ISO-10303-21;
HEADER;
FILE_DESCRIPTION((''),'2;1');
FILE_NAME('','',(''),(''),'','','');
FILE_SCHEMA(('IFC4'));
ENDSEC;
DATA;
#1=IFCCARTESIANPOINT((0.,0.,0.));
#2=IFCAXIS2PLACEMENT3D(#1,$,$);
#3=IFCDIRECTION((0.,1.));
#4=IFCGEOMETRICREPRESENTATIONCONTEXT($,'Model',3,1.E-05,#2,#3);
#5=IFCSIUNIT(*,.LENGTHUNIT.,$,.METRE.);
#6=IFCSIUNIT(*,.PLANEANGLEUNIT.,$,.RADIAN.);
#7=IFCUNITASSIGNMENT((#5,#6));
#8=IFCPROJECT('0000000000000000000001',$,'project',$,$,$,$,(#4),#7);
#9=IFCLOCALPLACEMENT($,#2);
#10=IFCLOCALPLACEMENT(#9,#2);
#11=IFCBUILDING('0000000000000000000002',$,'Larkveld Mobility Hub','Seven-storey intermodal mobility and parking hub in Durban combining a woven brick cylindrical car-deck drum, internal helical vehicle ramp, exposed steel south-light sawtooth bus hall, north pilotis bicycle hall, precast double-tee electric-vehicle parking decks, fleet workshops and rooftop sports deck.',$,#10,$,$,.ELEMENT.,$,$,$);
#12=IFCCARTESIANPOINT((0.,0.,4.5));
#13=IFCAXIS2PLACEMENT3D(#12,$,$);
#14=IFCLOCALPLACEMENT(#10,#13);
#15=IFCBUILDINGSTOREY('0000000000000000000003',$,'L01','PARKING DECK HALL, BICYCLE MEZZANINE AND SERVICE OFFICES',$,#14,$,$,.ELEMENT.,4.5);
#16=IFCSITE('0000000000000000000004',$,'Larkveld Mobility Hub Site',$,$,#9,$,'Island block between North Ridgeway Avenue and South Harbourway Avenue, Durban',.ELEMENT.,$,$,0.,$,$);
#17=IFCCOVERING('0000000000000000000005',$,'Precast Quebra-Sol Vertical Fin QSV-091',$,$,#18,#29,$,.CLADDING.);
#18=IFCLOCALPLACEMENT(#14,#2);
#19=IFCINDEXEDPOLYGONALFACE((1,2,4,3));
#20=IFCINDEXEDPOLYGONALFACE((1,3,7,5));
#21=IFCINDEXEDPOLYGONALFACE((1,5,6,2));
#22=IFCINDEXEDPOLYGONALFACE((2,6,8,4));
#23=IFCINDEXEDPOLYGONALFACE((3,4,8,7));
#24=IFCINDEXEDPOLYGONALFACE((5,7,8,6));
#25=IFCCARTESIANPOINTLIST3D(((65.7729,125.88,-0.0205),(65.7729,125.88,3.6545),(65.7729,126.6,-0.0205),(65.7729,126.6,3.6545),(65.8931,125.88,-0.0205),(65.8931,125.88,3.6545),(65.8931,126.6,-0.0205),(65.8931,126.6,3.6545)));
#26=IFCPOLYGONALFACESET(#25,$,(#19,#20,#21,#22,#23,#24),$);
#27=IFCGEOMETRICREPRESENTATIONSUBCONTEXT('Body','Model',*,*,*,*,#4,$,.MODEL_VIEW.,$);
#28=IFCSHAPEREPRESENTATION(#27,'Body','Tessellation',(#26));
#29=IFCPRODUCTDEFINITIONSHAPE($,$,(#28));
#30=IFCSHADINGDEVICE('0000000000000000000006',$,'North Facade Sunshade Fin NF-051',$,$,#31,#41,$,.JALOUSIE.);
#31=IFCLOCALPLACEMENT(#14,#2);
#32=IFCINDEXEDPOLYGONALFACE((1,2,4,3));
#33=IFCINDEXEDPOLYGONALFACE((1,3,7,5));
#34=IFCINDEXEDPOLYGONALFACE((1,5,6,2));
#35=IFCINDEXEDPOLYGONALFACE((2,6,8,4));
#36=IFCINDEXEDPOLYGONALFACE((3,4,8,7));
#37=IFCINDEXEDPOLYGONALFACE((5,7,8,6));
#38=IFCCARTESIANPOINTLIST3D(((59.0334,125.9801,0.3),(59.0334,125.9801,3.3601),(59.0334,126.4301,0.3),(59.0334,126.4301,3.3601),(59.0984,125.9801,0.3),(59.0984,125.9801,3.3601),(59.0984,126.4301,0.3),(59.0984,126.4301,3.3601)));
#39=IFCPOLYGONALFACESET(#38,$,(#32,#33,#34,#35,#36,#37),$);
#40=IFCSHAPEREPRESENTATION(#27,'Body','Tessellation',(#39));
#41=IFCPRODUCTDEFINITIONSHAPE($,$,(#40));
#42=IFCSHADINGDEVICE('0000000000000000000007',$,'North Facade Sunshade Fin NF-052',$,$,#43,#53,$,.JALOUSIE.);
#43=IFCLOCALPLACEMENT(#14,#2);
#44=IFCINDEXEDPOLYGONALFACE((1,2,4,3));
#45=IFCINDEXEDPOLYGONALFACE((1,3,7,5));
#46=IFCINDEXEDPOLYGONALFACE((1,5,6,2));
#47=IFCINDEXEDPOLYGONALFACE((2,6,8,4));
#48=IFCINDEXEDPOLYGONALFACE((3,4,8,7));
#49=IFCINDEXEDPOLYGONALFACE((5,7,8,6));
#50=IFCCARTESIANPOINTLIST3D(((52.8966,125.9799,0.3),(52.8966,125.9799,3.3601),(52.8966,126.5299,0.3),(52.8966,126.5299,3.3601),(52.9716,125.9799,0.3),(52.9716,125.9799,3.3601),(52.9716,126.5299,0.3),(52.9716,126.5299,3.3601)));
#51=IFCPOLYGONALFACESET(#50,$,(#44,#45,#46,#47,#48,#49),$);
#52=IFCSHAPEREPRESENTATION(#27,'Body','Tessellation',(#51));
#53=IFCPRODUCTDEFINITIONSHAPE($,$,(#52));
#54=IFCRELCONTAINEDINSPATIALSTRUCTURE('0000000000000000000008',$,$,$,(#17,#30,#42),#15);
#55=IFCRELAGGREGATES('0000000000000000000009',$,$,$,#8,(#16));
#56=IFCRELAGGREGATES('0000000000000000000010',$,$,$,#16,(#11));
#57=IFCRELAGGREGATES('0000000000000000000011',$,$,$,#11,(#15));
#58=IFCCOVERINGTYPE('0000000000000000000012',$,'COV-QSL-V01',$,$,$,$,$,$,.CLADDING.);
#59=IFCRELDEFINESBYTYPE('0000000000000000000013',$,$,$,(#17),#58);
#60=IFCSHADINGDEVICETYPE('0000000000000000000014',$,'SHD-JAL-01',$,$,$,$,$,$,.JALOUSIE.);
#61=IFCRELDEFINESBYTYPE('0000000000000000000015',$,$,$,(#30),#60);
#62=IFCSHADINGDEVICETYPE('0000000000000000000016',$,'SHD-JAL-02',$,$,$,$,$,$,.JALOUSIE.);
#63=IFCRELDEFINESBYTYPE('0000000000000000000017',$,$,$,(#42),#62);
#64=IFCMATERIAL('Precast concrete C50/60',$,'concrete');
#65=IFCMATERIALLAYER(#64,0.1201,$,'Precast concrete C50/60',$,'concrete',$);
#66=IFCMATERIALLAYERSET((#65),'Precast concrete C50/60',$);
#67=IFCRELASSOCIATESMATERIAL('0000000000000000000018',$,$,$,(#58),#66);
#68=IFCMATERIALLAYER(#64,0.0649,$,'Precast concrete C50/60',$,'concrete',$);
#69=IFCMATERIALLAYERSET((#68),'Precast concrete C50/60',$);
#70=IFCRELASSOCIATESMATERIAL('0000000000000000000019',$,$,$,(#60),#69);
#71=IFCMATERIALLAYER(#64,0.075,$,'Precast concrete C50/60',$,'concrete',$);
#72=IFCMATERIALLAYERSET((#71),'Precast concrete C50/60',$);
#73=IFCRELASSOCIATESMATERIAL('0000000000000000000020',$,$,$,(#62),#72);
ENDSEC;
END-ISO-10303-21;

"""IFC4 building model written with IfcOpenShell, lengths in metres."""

from ifc_helpers import new_model, si_unit, direction, frame, origin, origin_2d, place, context, subcontext, project, spatial, rectangle, extrude, material, layer, layer_set, type_object, element, save


model = new_model("IFC4")

# Units and contexts
model_context = context("Model", 3, precision=1e-05, world=origin(), true_north=direction((0.0, 1.0)))
body_context = subcontext(model_context, "Body", "Model", "MODEL_VIEW")
ifc_project = project(units=[si_unit("LENGTHUNIT", "METRE"), si_unit("PLANEANGLEUNIT", "RADIAN")], contexts=[model_context])

# Site, building, storey
site_placement = place(None, origin())
site = spatial("IfcSite", under=ifc_project, at=site_placement, Name="Larkveld Mobility Hub Site", LongName="Island block between North Ridgeway Avenue and South Harbourway Avenue, Durban", CompositionType="ELEMENT", RefElevation=0.0)
building_placement = place(site_placement, origin())
building = spatial("IfcBuilding", under=site, at=building_placement, Name="Larkveld Mobility Hub", Description="Seven-storey intermodal mobility and parking hub in Durban combining a woven brick cylindrical car-deck drum, internal helical vehicle ramp, exposed steel south-light sawtooth bus hall, north pilotis bicycle hall, precast double-tee electric-vehicle parking decks, fleet workshops and rooftop sports deck.", CompositionType="ELEMENT")
storey_placement = place(building_placement, frame((0.0, 0.0, 4.5)))
storey = spatial("IfcBuildingStorey", under=building, at=storey_placement, Name="L01", Description="PARKING DECK HALL, BICYCLE MEZZANINE AND SERVICE OFFICES", CompositionType="ELEMENT", Elevation=4.5)

# Covering
ifc_material_1 = material(Name="Precast concrete C50/60", Category="concrete")
ifc_layer_1 = layer(ifc_material_1, 0.1201, Name="Precast concrete C50/60", Category="concrete")
ifc_layer_set_1 = layer_set([ifc_layer_1], Name="Precast concrete C50/60")
covering_type_1 = type_object("IfcCoveringType", Name="COV-QSL-V01", PredefinedType="CLADDING", material=ifc_layer_set_1)
for number, where, z_axis, x_axis, name in (
    (1, (65.833, 126.24, -0.0205), (0.0, 0.0, 1.0), (-1.0, 0.0, 0.0), "Precast Quebra-Sol Vertical Fin QSV-091"),
):
    element("IfcCovering", number, at=place(storey_placement, frame(where, z_axis=z_axis, x_axis=x_axis)), inside=storey, type_object=covering_type_1, Name=name, PredefinedType="CLADDING", context=body_context, shape_type="SweptSolid", body=[
        extrude(rectangle(XDim=0.1201, YDim=0.72, at=origin_2d()), origin(), (0.0, 0.0, 1.0), 3.675),
    ])

# Shading devices
ifc_layer_2 = layer(ifc_material_1, 0.0649, Name="Precast concrete C50/60", Category="concrete")
ifc_layer_set_2 = layer_set([ifc_layer_2], Name="Precast concrete C50/60")
shading_device_type_1 = type_object("IfcShadingDeviceType", Name="SHD-JAL-01", PredefinedType="JALOUSIE", material=ifc_layer_set_2)
shading_device_1_placement = place(storey_placement, frame((59.0659, 126.2051, 0.3), z_axis=(0.0, 0.0, 1.0), x_axis=(1.0, 0.0, 0.0)))
element("IfcShadingDevice", 2, at=shading_device_1_placement, inside=storey, type_object=shading_device_type_1, Name="North Facade Sunshade Fin NF-051", PredefinedType="JALOUSIE", context=body_context, shape_type="SweptSolid", body=[
    extrude(rectangle(XDim=0.0649, YDim=0.45, at=origin_2d()), origin(), (0.0, 0.0, 1.0), 3.0601),
])
ifc_layer_3 = layer(ifc_material_1, 0.075, Name="Precast concrete C50/60", Category="concrete")
ifc_layer_set_3 = layer_set([ifc_layer_3], Name="Precast concrete C50/60")
shading_device_type_2 = type_object("IfcShadingDeviceType", Name="SHD-JAL-02", PredefinedType="JALOUSIE", material=ifc_layer_set_3)
shading_device_2_placement = place(storey_placement, frame((52.9341, 126.2549, 0.3), z_axis=(0.0, 0.0, 1.0), x_axis=(1.0, 0.0, 0.0)))
element("IfcShadingDevice", 3, at=shading_device_2_placement, inside=storey, type_object=shading_device_type_2, Name="North Facade Sunshade Fin NF-052", PredefinedType="JALOUSIE", context=body_context, shape_type="SweptSolid", body=[
    extrude(rectangle(XDim=0.075, YDim=0.55, at=origin_2d()), origin(), (0.0, 0.0, 1.0), 3.0601),
])

save(model, "model.ifc")
